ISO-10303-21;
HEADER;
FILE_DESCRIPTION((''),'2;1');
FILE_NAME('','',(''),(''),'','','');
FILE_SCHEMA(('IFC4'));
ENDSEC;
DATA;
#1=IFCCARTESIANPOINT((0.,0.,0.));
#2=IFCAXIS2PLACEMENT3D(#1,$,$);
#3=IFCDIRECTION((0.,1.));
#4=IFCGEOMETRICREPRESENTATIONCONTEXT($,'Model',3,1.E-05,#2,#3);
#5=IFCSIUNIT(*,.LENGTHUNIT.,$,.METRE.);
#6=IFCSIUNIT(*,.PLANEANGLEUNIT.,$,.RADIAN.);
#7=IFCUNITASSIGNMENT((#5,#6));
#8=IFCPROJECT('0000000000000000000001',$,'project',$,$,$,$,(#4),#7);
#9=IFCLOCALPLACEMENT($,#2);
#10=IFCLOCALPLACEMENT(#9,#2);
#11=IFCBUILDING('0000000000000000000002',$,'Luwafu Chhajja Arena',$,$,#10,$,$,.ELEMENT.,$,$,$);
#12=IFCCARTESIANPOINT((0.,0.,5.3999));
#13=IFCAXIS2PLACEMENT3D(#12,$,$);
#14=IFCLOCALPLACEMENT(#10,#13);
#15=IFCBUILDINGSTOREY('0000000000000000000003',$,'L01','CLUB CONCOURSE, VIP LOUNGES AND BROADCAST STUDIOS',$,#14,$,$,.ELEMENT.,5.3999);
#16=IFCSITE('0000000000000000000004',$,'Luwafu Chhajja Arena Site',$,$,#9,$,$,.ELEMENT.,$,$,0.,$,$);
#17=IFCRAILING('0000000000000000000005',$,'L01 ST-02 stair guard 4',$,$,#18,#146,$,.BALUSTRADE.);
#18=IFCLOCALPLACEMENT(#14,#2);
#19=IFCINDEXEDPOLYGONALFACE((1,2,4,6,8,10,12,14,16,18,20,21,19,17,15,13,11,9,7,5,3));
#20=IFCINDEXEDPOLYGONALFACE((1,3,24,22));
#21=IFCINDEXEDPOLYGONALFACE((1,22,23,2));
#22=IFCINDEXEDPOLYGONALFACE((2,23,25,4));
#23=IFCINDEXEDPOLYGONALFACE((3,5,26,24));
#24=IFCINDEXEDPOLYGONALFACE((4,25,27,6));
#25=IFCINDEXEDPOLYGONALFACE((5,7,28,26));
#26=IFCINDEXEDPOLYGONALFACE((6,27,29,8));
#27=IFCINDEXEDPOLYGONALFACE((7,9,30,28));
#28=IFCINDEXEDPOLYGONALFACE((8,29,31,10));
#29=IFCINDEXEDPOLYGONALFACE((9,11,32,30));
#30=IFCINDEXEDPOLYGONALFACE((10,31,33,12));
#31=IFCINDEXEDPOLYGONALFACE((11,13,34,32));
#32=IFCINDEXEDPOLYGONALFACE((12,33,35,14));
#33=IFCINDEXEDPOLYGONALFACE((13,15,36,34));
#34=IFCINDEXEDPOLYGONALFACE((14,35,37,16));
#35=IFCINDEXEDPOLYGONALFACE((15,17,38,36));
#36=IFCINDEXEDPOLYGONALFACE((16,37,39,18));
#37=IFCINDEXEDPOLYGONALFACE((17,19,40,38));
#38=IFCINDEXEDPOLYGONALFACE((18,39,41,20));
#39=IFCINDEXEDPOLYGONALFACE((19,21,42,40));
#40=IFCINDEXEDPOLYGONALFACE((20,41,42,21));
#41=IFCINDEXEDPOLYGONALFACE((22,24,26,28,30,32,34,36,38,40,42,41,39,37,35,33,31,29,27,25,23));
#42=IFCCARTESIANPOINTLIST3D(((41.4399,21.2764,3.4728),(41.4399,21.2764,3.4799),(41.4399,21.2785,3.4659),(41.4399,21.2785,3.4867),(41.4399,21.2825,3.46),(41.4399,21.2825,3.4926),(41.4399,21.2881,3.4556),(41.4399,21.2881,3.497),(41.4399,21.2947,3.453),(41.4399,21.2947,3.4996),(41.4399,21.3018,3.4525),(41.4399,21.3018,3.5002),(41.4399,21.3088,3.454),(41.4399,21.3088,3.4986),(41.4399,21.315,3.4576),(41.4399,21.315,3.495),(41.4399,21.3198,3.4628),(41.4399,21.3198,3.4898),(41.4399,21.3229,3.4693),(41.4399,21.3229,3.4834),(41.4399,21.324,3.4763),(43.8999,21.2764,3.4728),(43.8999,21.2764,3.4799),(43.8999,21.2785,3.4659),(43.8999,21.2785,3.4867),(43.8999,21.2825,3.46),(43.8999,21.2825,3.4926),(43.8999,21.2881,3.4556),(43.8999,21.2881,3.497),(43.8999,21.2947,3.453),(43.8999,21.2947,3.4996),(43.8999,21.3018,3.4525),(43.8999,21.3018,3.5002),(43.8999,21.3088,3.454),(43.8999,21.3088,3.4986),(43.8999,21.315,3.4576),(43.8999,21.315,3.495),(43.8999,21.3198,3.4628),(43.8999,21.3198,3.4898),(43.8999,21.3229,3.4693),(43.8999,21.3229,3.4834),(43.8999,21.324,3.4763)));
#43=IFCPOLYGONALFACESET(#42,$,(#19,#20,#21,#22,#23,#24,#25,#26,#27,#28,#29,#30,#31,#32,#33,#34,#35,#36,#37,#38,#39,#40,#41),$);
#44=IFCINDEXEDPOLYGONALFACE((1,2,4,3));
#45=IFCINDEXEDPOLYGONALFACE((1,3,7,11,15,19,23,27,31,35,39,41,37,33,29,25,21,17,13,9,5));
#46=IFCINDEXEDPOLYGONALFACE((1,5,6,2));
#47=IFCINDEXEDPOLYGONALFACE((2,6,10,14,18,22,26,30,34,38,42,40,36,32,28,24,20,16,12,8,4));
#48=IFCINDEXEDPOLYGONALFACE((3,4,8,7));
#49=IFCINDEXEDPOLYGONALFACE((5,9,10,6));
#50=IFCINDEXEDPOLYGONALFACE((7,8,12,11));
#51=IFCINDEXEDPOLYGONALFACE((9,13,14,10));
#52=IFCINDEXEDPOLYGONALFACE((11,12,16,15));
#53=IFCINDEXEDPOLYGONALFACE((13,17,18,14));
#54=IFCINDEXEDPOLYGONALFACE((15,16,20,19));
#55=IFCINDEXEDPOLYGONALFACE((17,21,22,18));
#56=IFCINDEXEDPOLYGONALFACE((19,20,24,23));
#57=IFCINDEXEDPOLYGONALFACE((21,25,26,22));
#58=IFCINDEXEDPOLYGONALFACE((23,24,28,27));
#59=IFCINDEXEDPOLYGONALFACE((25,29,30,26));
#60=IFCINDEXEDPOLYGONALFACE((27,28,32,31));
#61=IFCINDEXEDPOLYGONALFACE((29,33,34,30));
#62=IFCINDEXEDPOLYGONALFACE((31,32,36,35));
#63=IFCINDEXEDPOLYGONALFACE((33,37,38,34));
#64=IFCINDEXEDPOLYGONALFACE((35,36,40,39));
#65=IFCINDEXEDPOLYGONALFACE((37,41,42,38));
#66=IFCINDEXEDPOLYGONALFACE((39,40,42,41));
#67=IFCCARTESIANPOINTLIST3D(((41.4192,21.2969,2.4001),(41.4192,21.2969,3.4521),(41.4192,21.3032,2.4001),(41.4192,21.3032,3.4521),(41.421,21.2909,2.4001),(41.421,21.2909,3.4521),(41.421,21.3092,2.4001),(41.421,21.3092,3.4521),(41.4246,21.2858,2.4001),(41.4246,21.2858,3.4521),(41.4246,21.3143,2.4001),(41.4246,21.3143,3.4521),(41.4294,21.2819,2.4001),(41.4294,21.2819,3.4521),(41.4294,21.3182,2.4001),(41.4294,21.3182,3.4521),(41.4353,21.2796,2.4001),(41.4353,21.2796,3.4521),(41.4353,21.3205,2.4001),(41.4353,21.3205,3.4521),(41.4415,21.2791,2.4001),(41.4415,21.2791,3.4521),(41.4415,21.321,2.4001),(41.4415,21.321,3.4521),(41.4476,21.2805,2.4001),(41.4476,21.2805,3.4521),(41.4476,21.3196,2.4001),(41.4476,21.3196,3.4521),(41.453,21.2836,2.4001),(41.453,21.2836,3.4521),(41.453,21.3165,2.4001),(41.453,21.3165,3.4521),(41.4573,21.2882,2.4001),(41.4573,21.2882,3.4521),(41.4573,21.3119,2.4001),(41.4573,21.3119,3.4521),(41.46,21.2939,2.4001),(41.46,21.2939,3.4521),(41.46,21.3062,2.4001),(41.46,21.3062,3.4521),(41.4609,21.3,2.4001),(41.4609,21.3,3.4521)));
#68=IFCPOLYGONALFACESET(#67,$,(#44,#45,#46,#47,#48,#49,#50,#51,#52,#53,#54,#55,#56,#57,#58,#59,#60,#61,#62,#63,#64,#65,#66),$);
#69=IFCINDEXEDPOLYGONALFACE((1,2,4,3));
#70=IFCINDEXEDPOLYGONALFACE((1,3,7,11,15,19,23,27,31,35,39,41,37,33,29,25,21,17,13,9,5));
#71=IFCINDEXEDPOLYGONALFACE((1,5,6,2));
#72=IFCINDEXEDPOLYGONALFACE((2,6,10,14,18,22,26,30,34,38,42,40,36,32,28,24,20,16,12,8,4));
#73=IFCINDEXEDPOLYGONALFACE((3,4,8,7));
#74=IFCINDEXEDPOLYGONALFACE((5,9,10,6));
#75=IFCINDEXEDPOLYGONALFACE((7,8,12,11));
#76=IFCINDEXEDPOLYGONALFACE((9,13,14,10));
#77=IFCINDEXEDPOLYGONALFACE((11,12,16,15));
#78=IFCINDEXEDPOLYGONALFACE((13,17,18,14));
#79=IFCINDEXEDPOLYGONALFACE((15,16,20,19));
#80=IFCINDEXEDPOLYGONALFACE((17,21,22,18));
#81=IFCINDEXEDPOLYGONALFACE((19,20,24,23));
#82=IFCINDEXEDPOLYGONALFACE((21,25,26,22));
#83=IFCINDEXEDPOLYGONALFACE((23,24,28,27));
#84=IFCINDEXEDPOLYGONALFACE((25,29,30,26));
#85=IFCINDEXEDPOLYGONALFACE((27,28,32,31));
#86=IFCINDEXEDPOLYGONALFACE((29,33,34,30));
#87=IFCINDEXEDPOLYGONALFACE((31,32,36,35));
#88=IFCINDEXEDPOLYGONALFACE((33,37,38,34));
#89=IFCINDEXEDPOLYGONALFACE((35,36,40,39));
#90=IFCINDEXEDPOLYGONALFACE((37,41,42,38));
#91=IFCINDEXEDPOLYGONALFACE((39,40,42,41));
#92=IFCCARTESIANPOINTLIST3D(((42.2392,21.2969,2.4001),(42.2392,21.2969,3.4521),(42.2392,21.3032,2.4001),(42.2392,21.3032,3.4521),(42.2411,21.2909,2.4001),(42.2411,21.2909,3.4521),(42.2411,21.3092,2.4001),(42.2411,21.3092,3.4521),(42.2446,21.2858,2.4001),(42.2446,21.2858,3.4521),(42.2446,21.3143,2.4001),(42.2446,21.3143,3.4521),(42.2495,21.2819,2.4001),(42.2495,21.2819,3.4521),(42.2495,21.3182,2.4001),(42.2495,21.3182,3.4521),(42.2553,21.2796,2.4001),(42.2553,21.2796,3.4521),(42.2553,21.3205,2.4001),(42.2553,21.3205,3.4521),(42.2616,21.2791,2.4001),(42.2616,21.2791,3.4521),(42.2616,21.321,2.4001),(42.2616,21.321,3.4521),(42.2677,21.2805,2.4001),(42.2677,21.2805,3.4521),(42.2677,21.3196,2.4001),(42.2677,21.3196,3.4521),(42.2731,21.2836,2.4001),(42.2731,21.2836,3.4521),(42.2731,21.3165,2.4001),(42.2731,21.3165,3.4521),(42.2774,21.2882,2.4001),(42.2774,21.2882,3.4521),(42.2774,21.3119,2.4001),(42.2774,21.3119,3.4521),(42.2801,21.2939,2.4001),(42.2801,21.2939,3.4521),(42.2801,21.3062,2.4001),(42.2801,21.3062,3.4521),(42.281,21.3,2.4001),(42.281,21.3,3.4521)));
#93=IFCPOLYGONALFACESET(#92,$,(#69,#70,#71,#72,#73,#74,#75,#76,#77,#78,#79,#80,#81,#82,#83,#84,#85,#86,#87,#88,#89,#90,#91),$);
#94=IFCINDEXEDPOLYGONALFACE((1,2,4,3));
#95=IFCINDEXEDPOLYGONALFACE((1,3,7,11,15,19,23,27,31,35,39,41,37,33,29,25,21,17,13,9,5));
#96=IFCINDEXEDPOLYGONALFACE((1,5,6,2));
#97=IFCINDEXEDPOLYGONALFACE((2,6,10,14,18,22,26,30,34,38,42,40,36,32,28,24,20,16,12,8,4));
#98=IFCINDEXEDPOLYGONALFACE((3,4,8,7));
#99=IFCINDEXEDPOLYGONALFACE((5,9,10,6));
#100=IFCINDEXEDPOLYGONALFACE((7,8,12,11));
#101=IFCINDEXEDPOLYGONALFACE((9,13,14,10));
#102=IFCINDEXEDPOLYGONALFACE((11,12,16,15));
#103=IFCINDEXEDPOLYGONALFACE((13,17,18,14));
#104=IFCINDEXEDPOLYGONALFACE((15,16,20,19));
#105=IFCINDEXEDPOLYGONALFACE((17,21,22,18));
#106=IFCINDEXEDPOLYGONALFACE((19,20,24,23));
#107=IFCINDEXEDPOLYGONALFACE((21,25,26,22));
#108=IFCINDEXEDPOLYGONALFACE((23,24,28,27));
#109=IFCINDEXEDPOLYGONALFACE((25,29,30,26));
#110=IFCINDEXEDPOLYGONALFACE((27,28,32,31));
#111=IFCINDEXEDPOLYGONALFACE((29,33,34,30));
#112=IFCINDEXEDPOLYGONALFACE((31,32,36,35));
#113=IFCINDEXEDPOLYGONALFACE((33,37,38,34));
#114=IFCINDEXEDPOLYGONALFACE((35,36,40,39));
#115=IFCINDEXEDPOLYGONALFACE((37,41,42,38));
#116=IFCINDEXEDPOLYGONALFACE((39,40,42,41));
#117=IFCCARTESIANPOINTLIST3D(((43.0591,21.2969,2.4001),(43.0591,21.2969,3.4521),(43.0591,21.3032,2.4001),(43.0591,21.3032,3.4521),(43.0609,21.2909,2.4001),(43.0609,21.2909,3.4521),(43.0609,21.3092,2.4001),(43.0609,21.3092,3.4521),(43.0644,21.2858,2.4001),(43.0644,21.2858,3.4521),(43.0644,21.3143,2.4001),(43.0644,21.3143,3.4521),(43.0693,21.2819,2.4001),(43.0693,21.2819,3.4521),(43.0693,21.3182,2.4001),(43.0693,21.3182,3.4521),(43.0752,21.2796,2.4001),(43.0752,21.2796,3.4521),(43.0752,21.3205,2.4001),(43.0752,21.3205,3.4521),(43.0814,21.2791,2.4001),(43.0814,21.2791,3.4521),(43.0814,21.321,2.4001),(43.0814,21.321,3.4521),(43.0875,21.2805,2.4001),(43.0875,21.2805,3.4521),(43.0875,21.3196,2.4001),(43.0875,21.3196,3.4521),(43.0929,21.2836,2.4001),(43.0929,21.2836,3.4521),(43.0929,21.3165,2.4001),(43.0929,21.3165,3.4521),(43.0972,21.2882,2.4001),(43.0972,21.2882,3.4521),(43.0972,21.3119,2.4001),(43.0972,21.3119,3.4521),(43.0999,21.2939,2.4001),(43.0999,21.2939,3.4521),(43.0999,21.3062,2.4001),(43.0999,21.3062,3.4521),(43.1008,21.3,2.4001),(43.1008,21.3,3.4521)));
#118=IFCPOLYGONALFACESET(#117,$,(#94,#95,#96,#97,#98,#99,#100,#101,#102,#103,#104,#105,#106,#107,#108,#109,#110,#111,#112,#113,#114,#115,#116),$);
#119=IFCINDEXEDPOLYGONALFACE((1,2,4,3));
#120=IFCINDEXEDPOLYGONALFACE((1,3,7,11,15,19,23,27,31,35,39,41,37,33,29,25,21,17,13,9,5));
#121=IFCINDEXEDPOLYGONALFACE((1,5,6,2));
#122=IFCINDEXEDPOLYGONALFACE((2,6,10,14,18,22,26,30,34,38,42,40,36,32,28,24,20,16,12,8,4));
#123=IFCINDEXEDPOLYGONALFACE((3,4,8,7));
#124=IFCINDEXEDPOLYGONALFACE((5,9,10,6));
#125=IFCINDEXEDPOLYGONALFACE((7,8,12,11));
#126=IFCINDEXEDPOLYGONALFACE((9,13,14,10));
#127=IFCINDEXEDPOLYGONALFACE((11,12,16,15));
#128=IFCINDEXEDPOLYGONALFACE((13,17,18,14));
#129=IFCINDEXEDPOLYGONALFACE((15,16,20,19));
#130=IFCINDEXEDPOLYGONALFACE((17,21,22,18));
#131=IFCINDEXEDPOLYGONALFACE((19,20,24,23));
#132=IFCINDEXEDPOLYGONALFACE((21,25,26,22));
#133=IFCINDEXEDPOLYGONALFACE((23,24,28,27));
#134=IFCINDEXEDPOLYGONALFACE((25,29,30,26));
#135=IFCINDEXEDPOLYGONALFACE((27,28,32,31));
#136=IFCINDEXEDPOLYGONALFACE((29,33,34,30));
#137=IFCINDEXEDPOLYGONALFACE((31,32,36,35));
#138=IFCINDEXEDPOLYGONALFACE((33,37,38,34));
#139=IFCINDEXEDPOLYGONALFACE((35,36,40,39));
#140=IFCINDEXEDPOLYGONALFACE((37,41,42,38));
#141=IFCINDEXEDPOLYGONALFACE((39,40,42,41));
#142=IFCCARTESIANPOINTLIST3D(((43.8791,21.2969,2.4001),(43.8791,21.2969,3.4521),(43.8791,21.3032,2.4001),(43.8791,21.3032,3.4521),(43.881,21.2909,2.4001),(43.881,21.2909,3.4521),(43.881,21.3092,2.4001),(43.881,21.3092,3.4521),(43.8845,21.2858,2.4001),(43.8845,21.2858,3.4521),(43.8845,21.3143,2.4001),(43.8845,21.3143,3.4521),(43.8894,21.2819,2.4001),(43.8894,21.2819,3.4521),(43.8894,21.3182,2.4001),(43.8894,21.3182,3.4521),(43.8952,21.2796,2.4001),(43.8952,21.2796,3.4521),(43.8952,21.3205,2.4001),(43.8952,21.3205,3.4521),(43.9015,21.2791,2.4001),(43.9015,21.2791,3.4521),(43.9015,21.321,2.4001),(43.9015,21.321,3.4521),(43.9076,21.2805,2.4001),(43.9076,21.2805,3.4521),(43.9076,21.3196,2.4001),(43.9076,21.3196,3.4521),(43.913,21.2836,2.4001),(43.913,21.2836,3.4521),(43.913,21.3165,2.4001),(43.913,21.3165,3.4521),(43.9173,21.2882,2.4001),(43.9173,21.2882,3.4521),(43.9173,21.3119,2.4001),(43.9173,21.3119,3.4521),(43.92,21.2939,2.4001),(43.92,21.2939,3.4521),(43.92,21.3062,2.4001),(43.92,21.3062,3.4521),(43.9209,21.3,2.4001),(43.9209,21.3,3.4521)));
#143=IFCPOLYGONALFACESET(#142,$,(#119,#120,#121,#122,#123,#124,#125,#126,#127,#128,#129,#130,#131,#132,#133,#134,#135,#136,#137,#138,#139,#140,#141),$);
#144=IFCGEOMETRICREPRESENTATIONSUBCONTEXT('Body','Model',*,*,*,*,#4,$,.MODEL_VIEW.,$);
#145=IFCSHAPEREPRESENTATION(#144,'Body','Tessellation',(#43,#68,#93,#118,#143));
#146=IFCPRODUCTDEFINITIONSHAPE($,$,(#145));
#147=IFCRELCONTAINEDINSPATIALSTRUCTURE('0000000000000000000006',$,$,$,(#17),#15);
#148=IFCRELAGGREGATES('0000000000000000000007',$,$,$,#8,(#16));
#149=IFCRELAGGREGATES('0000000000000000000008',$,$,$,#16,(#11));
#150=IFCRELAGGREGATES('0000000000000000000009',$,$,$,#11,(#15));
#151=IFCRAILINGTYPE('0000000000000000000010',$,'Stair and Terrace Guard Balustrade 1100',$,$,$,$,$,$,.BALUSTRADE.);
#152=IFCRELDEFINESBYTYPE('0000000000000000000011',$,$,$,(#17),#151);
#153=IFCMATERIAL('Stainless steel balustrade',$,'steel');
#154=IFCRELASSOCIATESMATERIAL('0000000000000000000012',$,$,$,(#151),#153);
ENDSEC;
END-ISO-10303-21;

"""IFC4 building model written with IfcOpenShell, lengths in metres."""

from ifc_helpers import new_model, si_unit, direction, frame, origin, origin_2d, place, context, subcontext, project, spatial, circle, extrude, material, type_object, element, save


model = new_model("IFC4")

# Units and contexts
model_context = context("Model", 3, precision=1e-05, world=origin(), true_north=direction((0.0, 1.0)))
body_context = subcontext(model_context, "Body", "Model", "MODEL_VIEW")
ifc_project = project(units=[si_unit("LENGTHUNIT", "METRE"), si_unit("PLANEANGLEUNIT", "RADIAN")], contexts=[model_context])

# Site, building, storey
site_placement = place(None, origin())
site = spatial("IfcSite", under=ifc_project, at=site_placement, Name="Luwafu Chhajja Arena Site", CompositionType="ELEMENT", RefElevation=0.0)
building_placement = place(site_placement, origin())
building = spatial("IfcBuilding", under=site, at=building_placement, Name="Luwafu Chhajja Arena", CompositionType="ELEMENT")
storey_placement = place(building_placement, frame((0.0, 0.0, 5.3999)))
storey = spatial("IfcBuildingStorey", under=building, at=storey_placement, Name="L01", Description="CLUB CONCOURSE, VIP LOUNGES AND BROADCAST STUDIOS", CompositionType="ELEMENT", Elevation=5.3999)

# Railing
ifc_material_1 = material(Name="Stainless steel balustrade", Category="steel")
railing_type_1 = type_object("IfcRailingType", Name="Stair and Terrace Guard Balustrade 1100", PredefinedType="BALUSTRADE", material=ifc_material_1)
for number, where, name in (
    (1, (41.4399, 21.3, 2.4001), "L01 ST-02 stair guard 4"),
):
    element("IfcRailing", number, at=place(storey_placement, frame(where)), inside=storey, type_object=railing_type_1, Name=name, PredefinedType="BALUSTRADE", context=body_context, shape_type="SweptSolid", body=[
        extrude(circle(Radius=0.0239, at=origin_2d()), frame((0.0, 0.0, 1.0762), z_axis=(1.0, 0.0, 0.0), x_axis=(0.0, 1.0, 0.0)), (0.0, 0.0, 1.0), 2.46),
        extrude(circle(Radius=0.021, at=origin_2d()), origin(), (0.0, 0.0, 1.0), 1.052),
        extrude(circle(Radius=0.021, at=origin_2d()), frame((0.8201, 0.0, 0.0)), (0.0, 0.0, 1.0), 1.052),
        extrude(circle(Radius=0.021, at=origin_2d()), frame((1.6399, 0.0, 0.0)), (0.0, 0.0, 1.0), 1.052),
        extrude(circle(Radius=0.021, at=origin_2d()), frame((2.46, 0.0, 0.0)), (0.0, 0.0, 1.0), 1.052),
    ])

save(model, "model.ifc")
